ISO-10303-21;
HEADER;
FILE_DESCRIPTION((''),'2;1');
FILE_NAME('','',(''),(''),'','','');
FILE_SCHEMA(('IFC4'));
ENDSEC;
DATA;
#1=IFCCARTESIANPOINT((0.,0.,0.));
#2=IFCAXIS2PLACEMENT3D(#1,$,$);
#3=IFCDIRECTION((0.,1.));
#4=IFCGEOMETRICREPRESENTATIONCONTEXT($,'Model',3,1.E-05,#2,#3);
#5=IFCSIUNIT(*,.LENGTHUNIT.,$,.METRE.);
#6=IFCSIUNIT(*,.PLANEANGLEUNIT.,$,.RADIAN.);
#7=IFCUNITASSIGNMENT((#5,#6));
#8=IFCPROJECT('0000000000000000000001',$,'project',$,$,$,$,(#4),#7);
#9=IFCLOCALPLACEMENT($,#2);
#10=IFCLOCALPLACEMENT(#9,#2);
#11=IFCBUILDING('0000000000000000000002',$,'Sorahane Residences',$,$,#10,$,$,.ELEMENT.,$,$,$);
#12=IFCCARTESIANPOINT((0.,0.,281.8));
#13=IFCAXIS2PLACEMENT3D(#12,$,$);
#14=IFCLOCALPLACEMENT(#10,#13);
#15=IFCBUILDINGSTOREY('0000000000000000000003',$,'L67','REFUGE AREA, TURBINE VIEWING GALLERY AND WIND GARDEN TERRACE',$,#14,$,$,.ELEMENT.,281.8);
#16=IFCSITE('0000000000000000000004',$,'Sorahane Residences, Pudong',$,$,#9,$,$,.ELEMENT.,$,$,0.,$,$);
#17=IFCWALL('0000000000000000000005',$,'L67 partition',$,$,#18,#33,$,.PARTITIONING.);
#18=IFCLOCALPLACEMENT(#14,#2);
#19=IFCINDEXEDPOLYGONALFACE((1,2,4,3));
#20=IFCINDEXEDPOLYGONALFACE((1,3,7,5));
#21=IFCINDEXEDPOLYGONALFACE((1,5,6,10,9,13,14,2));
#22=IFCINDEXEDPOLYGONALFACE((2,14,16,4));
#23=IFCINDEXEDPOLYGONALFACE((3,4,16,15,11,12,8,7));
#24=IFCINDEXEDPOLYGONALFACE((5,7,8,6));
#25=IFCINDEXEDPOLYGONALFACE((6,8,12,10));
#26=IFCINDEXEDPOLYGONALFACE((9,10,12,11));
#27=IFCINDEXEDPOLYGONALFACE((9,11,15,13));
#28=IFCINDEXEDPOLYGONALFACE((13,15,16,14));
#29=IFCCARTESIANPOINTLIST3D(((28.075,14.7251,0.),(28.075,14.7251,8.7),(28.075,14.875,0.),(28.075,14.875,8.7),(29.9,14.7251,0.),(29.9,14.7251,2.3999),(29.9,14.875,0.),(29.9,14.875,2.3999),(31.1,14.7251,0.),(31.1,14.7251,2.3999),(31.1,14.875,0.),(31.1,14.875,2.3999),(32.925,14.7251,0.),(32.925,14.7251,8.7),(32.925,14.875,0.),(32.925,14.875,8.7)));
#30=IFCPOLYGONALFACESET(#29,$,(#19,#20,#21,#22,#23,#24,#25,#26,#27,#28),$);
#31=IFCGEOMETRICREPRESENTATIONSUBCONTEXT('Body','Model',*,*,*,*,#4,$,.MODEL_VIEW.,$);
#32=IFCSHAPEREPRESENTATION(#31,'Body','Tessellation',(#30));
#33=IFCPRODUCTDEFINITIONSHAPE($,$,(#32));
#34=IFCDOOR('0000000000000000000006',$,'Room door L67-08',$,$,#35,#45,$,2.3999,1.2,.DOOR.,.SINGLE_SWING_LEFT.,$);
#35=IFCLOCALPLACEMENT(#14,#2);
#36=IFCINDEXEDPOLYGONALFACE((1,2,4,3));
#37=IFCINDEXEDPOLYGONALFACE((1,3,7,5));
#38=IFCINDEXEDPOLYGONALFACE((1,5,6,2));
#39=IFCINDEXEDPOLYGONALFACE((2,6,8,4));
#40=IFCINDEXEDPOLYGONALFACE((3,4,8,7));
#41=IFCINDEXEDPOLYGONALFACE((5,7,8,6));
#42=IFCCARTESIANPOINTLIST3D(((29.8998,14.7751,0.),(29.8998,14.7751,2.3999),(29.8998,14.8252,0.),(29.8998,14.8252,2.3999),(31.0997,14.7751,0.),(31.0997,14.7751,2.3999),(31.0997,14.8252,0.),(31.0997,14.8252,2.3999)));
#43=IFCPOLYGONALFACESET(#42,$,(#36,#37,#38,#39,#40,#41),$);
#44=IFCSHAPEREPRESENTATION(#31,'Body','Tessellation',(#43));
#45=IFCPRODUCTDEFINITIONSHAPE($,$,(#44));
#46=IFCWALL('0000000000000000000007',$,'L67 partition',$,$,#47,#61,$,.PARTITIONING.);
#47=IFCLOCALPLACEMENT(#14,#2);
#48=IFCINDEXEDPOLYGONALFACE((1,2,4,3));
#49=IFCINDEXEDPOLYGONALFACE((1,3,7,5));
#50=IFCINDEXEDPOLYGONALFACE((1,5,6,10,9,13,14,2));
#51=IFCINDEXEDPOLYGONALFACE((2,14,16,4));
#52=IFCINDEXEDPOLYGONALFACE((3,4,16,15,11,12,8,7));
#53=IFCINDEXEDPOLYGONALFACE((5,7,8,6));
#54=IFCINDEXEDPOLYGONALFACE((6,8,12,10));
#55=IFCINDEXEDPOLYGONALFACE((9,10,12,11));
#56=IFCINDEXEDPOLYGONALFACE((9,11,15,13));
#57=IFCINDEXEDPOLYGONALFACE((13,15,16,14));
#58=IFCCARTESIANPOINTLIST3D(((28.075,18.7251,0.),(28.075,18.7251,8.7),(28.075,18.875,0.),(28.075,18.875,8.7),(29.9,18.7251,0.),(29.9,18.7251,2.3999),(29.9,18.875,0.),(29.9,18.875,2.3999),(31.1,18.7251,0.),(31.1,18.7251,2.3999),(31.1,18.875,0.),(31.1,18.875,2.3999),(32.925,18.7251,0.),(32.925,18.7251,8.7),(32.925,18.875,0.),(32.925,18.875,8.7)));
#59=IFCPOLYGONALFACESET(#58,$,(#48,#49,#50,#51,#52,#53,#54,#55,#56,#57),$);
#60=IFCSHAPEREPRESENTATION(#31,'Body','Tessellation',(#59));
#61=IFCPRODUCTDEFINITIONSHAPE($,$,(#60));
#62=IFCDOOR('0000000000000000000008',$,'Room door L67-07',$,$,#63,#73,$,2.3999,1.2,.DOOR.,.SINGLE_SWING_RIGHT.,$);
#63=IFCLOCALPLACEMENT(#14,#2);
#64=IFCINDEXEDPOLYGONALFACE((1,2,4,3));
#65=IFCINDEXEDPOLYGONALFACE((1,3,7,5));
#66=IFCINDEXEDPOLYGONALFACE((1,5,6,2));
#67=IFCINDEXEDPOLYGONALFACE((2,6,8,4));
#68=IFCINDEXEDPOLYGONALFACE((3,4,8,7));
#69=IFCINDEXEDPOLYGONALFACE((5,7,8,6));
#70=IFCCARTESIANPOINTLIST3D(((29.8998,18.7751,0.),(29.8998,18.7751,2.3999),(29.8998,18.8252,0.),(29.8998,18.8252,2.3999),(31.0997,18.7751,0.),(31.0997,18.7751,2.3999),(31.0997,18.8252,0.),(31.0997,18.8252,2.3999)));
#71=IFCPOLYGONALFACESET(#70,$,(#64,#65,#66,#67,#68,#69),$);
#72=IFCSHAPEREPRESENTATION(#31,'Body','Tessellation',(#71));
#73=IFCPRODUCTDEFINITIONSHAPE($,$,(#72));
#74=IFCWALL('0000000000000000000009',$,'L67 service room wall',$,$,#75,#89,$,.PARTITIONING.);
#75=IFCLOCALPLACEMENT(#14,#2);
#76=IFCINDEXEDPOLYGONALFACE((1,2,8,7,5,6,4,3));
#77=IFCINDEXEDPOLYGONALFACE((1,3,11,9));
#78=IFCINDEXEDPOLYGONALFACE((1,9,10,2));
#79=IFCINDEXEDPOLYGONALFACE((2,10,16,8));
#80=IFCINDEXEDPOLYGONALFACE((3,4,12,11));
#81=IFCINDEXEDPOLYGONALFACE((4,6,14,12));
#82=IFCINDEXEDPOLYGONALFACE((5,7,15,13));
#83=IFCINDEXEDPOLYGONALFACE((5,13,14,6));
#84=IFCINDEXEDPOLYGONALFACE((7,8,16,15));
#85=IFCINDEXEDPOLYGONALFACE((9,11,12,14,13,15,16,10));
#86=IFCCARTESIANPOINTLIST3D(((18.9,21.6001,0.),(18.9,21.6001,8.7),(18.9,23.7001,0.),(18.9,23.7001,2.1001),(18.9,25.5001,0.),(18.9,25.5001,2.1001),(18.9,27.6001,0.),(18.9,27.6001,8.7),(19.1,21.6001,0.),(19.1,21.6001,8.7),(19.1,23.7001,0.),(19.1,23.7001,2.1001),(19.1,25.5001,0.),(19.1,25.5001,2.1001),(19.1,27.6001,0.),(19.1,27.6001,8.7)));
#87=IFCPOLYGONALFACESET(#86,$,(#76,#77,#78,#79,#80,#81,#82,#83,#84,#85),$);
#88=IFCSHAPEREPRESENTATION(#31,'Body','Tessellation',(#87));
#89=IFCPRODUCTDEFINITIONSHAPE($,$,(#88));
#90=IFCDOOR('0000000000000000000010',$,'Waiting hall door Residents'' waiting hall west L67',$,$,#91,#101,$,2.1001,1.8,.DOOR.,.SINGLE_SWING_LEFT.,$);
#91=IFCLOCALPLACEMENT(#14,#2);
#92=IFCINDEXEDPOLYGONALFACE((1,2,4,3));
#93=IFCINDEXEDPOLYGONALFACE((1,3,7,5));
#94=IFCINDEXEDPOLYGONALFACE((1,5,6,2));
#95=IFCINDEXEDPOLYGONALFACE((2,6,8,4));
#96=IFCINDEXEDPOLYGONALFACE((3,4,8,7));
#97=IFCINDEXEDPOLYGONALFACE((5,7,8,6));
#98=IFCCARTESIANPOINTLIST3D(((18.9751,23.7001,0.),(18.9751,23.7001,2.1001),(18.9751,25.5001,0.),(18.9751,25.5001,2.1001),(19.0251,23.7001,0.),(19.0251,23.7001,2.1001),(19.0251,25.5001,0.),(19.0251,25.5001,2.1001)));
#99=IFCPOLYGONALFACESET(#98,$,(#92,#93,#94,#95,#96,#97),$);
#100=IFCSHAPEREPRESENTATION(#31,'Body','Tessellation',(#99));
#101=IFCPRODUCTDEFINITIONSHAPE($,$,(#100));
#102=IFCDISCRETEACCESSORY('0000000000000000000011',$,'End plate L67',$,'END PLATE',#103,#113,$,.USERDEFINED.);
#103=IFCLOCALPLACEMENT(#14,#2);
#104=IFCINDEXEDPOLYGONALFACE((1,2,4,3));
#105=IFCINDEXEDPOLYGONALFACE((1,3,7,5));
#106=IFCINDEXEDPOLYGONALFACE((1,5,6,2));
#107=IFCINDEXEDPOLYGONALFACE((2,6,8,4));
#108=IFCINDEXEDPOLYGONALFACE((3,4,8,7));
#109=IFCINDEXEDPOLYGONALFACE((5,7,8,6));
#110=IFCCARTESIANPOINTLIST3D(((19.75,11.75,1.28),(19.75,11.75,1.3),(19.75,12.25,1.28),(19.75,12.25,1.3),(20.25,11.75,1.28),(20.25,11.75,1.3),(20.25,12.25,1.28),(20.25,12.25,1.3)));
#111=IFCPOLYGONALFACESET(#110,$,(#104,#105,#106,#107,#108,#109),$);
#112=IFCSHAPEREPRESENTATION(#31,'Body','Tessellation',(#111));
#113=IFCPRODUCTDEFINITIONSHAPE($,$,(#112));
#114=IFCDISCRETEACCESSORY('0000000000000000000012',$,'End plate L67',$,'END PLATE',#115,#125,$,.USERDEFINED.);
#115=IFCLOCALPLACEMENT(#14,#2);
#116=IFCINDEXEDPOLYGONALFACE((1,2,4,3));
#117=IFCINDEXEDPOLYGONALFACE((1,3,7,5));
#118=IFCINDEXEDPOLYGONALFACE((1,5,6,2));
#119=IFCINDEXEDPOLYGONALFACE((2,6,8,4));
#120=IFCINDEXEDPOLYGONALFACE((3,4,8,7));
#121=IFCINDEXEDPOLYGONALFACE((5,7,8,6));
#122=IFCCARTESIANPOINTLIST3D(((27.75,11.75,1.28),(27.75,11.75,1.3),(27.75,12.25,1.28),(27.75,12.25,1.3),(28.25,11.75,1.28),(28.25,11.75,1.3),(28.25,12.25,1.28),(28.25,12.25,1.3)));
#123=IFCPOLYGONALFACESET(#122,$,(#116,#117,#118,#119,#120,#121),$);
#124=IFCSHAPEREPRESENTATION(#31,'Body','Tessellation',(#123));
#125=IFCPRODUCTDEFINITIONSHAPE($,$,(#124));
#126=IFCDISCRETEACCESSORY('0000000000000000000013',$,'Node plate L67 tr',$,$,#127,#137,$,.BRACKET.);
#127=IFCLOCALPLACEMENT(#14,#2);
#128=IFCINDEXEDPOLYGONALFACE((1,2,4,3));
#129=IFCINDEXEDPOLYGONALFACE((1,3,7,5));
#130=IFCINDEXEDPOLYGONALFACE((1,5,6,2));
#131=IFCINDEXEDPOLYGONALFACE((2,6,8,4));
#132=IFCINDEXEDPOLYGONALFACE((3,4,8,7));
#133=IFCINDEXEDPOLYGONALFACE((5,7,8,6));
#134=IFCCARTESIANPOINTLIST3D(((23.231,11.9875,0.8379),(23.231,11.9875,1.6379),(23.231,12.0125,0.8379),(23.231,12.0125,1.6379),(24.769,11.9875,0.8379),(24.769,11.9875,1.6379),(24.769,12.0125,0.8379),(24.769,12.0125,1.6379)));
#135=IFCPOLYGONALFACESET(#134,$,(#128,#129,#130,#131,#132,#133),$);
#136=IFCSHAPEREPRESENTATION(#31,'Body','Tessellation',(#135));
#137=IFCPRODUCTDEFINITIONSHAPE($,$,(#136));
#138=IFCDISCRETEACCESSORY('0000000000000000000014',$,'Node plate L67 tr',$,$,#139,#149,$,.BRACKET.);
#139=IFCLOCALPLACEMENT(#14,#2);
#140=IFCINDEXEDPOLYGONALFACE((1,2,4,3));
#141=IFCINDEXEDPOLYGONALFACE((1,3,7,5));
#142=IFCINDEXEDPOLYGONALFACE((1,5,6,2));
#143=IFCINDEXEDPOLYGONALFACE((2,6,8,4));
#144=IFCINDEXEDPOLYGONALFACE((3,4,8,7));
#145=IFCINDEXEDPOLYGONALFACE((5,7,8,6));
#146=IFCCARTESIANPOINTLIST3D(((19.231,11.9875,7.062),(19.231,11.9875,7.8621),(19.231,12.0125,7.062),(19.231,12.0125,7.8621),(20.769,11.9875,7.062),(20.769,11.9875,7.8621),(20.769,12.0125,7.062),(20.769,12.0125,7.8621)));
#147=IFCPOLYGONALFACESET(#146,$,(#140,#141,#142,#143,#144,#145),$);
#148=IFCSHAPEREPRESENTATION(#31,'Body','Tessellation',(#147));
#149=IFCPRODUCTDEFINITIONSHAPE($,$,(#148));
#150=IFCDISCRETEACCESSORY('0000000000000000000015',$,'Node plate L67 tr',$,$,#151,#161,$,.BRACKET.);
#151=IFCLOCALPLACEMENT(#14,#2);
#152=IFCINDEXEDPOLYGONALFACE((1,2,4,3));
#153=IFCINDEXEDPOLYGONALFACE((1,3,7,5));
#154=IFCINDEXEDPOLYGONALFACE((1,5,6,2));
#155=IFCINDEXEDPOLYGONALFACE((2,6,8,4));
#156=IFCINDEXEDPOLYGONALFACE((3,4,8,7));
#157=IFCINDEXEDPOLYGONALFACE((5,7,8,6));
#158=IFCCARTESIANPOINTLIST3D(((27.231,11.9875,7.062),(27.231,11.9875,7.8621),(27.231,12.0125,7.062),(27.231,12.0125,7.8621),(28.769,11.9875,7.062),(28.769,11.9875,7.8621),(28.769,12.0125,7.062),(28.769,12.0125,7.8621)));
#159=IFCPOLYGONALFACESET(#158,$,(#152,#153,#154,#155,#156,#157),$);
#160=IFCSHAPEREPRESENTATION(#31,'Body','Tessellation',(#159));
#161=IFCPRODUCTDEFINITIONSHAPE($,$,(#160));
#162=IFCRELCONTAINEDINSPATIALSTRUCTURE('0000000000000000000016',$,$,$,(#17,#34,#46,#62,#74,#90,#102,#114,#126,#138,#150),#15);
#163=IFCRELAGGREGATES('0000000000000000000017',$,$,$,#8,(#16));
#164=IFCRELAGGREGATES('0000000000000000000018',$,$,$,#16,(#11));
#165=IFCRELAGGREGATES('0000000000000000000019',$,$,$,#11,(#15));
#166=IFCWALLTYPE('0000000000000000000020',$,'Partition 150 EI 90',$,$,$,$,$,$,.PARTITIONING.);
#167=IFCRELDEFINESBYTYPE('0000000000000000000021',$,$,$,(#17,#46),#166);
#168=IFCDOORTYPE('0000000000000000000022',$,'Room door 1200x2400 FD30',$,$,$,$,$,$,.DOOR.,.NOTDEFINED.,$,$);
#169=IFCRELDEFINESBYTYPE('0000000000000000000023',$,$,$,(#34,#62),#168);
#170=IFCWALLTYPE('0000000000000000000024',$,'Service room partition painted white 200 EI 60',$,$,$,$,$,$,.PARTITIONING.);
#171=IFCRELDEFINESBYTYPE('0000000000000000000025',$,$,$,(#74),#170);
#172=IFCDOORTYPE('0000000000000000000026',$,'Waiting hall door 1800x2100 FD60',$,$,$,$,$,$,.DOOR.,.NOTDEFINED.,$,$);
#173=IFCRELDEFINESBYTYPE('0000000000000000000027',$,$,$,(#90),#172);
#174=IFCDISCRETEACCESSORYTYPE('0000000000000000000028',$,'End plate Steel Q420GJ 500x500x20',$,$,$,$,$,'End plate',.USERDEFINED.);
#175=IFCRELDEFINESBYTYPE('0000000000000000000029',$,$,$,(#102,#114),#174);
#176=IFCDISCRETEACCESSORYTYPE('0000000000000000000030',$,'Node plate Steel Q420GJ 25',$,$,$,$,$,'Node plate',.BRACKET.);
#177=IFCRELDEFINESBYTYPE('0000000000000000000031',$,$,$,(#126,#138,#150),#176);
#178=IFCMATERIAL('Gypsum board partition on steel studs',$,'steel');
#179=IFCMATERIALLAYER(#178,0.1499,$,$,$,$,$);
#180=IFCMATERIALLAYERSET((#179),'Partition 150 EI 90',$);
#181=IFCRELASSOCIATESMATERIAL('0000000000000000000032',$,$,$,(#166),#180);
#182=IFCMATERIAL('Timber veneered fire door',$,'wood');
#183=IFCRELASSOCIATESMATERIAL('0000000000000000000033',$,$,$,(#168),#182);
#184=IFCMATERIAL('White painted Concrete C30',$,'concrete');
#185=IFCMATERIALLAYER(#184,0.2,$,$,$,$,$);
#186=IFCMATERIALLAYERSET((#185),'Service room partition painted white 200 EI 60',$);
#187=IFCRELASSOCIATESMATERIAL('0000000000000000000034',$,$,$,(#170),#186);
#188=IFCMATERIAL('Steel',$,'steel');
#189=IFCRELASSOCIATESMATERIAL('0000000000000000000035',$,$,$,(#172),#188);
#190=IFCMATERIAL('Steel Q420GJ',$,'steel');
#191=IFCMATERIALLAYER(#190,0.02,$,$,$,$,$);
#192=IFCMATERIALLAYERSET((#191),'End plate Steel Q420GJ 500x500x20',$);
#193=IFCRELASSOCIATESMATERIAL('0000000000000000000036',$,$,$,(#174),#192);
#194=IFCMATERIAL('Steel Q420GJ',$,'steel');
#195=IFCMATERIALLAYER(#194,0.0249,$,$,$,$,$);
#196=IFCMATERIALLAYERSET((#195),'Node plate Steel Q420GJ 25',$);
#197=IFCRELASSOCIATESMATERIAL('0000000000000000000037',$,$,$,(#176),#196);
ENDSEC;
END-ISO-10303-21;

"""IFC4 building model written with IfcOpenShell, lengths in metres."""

from ifc_helpers import new_model, si_unit, direction, frame, frame_2d, origin, origin_2d, place, context, subcontext, project, spatial, rectangle, extrude, material, layer, layer_set, type_object, element, fill, save


model = new_model("IFC4")

# Units and contexts
model_context = context("Model", 3, precision=1e-05, world=origin(), true_north=direction((0.0, 1.0)))
body_context = subcontext(model_context, "Body", "Model", "MODEL_VIEW")
ifc_project = project(units=[si_unit("LENGTHUNIT", "METRE"), si_unit("PLANEANGLEUNIT", "RADIAN")], contexts=[model_context])

# Site, building, storey
site_placement = place(None, origin())
site = spatial("IfcSite", under=ifc_project, at=site_placement, Name="Sorahane Residences, Pudong", CompositionType="ELEMENT", RefElevation=0.0)
building_placement = place(site_placement, origin())
building = spatial("IfcBuilding", under=site, at=building_placement, Name="Sorahane Residences", CompositionType="ELEMENT")
storey_placement = place(building_placement, frame((0.0, 0.0, 281.8)))
storey = spatial("IfcBuildingStorey", under=building, at=storey_placement, Name="L67", Description="REFUGE AREA, TURBINE VIEWING GALLERY AND WIND GARDEN TERRACE", CompositionType="ELEMENT", Elevation=281.8)

# Shared definitions
ifc_material_1 = material(Name="Gypsum board partition on steel studs", Category="steel")
ifc_layer_1 = layer(ifc_material_1, 0.1499)
ifc_layer_set_1 = layer_set([ifc_layer_1], Name="Partition 150 EI 90")
wall_type_1 = type_object("IfcWallType", Name="Partition 150 EI 90", PredefinedType="PARTITIONING", material=ifc_layer_set_1)

# Walls, openings, doors
wall_1_placement = place(storey_placement, frame((28.075, 14.8, 0.0), z_axis=(0.0, 0.0, 1.0), x_axis=(1.0, 0.0, 0.0)))
wall_1 = element("IfcWall", 1, at=wall_1_placement, inside=storey, type_object=wall_type_1, Name="L67 partition", PredefinedType="PARTITIONING", context=body_context, shape_type="SweptSolid", body=[
    extrude(rectangle(XDim=4.8501, YDim=0.1499, at=frame_2d((2.425, 0.0))), origin(), (0.0, 0.0, 1.0), 8.7),
])
opening_1_placement = place(wall_1_placement, frame((1.825, 0.0, 0.0)))
opening_1 = element("IfcOpeningElement", 2, at=opening_1_placement, cuts=wall_1, PredefinedType="OPENING", context=body_context, shape_type="SweptSolid", body=[
    extrude(rectangle(XDim=1.2, YDim=2.3999, at=frame_2d((0.6001, 1.2))), frame((0.0, 0.085, 0.0), z_axis=(0.0, -1.0, 0.0), x_axis=(1.0, 0.0, 0.0)), (0.0, 0.0, 1.0), 0.1699),
])
ifc_material_2 = material(Name="Timber veneered fire door", Category="wood")
door_type_1 = type_object("IfcDoorType", Name="Room door 1200x2400 FD30", OperationType="NOTDEFINED", PredefinedType="DOOR", material=ifc_material_2)
door_1_placement = place(opening_1_placement, frame((1.2, 0.0, 0.0), z_axis=(0.0, 0.0, 1.0), x_axis=(-1.0, 0.0, 0.0)))
door_1 = element("IfcDoor", 3, at=door_1_placement, inside=storey, type_object=door_type_1, Name="Room door L67-08", OperationType="SINGLE_SWING_LEFT", OverallHeight=2.3999, OverallWidth=1.2, PredefinedType="DOOR", context=body_context, shape_type="SweptSolid", body=[
    extrude(rectangle(XDim=1.2, YDim=2.3999, at=frame_2d((0.6001, 1.2))), frame((0.0, 0.0249, 0.0), z_axis=(0.0, -1.0, 0.0), x_axis=(1.0, 0.0, 0.0)), (0.0, 0.0, 1.0), 0.05),
])
fill(opening_1, door_1)
wall_2_placement = place(storey_placement, frame((28.075, 18.8, 0.0), z_axis=(0.0, 0.0, 1.0), x_axis=(1.0, 0.0, 0.0)))
wall_2 = element("IfcWall", 4, at=wall_2_placement, inside=storey, type_object=wall_type_1, Name="L67 partition", PredefinedType="PARTITIONING", context=body_context, shape_type="SweptSolid", body=[
    extrude(rectangle(XDim=4.8501, YDim=0.1499, at=frame_2d((2.425, 0.0))), origin(), (0.0, 0.0, 1.0), 8.7),
])
opening_2_placement = place(wall_2_placement, frame((1.825, 0.0, 0.0)))
opening_2 = element("IfcOpeningElement", 5, at=opening_2_placement, cuts=wall_2, PredefinedType="OPENING", context=body_context, shape_type="SweptSolid", body=[
    extrude(rectangle(XDim=1.2, YDim=2.3999, at=frame_2d((0.6001, 1.2))), frame((0.0, 0.085, 0.0), z_axis=(0.0, -1.0, 0.0), x_axis=(1.0, 0.0, 0.0)), (0.0, 0.0, 1.0), 0.1699),
])
door_2_placement = place(opening_2_placement, frame((1.2, 0.0, 0.0), z_axis=(0.0, 0.0, 1.0), x_axis=(-1.0, 0.0, 0.0)))
door_2 = element("IfcDoor", 6, at=door_2_placement, inside=storey, type_object=door_type_1, Name="Room door L67-07", OperationType="SINGLE_SWING_RIGHT", OverallHeight=2.3999, OverallWidth=1.2, PredefinedType="DOOR", context=body_context, shape_type="SweptSolid", body=[
    extrude(rectangle(XDim=1.2, YDim=2.3999, at=frame_2d((0.6001, 1.2))), frame((0.0, 0.0249, 0.0), z_axis=(0.0, -1.0, 0.0), x_axis=(1.0, 0.0, 0.0)), (0.0, 0.0, 1.0), 0.05),
])
fill(opening_2, door_2)
ifc_material_3 = material(Name="White painted Concrete C30", Category="concrete")
ifc_layer_2 = layer(ifc_material_3, 0.2)
ifc_layer_set_2 = layer_set([ifc_layer_2], Name="Service room partition painted white 200 EI 60")
wall_type_2 = type_object("IfcWallType", Name="Service room partition painted white 200 EI 60", PredefinedType="PARTITIONING", material=ifc_layer_set_2)
wall_3_placement = place(storey_placement, frame((19.0, 21.6001, 0.0), z_axis=(0.0, 0.0, 1.0), x_axis=(0.0, 1.0, 0.0)))
wall_3 = element("IfcWall", 7, at=wall_3_placement, inside=storey, type_object=wall_type_2, Name="L67 service room wall", PredefinedType="PARTITIONING", context=body_context, shape_type="SweptSolid", body=[
    extrude(rectangle(XDim=6.0, YDim=0.2, at=frame_2d((3.0, 0.0))), origin(), (0.0, 0.0, 1.0), 8.7),
])
opening_3_placement = place(wall_3_placement, frame((2.1001, 0.0, 0.0)))
opening_3 = element("IfcOpeningElement", 8, at=opening_3_placement, cuts=wall_3, PredefinedType="OPENING", context=body_context, shape_type="SweptSolid", body=[
    extrude(rectangle(XDim=1.8, YDim=2.1001, at=frame_2d((0.8999, 1.05))), frame((0.0, 0.1099, 0.0), z_axis=(0.0, -1.0, 0.0), x_axis=(1.0, 0.0, 0.0)), (0.0, 0.0, 1.0), 0.22),
])
ifc_material_4 = material(Name="Steel", Category="steel")
door_type_2 = type_object("IfcDoorType", Name="Waiting hall door 1800x2100 FD60", OperationType="NOTDEFINED", PredefinedType="DOOR", material=ifc_material_4)
door_3_placement = place(opening_3_placement, origin())
door_3 = element("IfcDoor", 9, at=door_3_placement, inside=storey, type_object=door_type_2, Name="Waiting hall door Residents' waiting hall west L67", OperationType="SINGLE_SWING_LEFT", OverallHeight=2.1001, OverallWidth=1.8, PredefinedType="DOOR", context=body_context, shape_type="SweptSolid", body=[
    extrude(rectangle(XDim=1.8, YDim=2.1001, at=frame_2d((0.8999, 1.05))), frame((0.0, 0.0249, 0.0), z_axis=(0.0, -1.0, 0.0), x_axis=(1.0, 0.0, 0.0)), (0.0, 0.0, 1.0), 0.05),
])
fill(opening_3, door_3)

# Discrete accessories
ifc_material_5 = material(Name="Steel Q420GJ", Category="steel")
ifc_layer_3 = layer(ifc_material_5, 0.02)
ifc_layer_set_3 = layer_set([ifc_layer_3], Name="End plate Steel Q420GJ 500x500x20")
discrete_accessory_type_1 = type_object("IfcDiscreteAccessoryType", Name="End plate Steel Q420GJ 500x500x20", ElementType="End plate", PredefinedType="USERDEFINED", material=ifc_layer_set_3)
for number, where, z_axis, x_axis, name in (
    (10, (20.0, 12.0, 1.28), (0.0, 0.0, 1.0), (1.0, 0.0, 0.0), "End plate L67"),
    (11, (28.0, 12.0, 1.28), (0.0, 0.0, 1.0), (1.0, 0.0, 0.0), "End plate L67"),
):
    element("IfcDiscreteAccessory", number, at=place(storey_placement, frame(where, z_axis=z_axis, x_axis=x_axis)), inside=storey, type_object=discrete_accessory_type_1, Name=name, ObjectType="END PLATE", PredefinedType="USERDEFINED", context=body_context, shape_type="SweptSolid", body=[
        extrude(rectangle(XDim=0.5, YDim=0.5, at=origin_2d()), origin(), (0.0, 0.0, 1.0), 0.02),
    ])
ifc_material_6 = material(Name="Steel Q420GJ", Category="steel")
ifc_layer_4 = layer(ifc_material_6, 0.0249)
ifc_layer_set_4 = layer_set([ifc_layer_4], Name="Node plate Steel Q420GJ 25")
discrete_accessory_type_2 = type_object("IfcDiscreteAccessoryType", Name="Node plate Steel Q420GJ 25", ElementType="Node plate", PredefinedType="BRACKET", material=ifc_layer_set_4)
for number, where, z_axis, x_axis, name in (
    (12, (24.0, 12.0, 0.8379), (0.0, 0.0, 1.0), (1.0, 0.0, 0.0), "Node plate L67 tr"),
    (13, (20.0, 12.0, 7.062), (0.0, 0.0, 1.0), (1.0, 0.0, 0.0), "Node plate L67 tr"),
    (14, (28.0, 12.0, 7.062), (0.0, 0.0, 1.0), (1.0, 0.0, 0.0), "Node plate L67 tr"),
):
    element("IfcDiscreteAccessory", number, at=place(storey_placement, frame(where, z_axis=z_axis, x_axis=x_axis)), inside=storey, type_object=discrete_accessory_type_2, Name=name, PredefinedType="BRACKET", context=body_context, shape_type="SweptSolid", body=[
        extrude(rectangle(XDim=1.5381, YDim=0.0249, at=origin_2d()), origin(), (0.0, 0.0, 1.0), 0.8),
    ])

save(model, "model.ifc")
